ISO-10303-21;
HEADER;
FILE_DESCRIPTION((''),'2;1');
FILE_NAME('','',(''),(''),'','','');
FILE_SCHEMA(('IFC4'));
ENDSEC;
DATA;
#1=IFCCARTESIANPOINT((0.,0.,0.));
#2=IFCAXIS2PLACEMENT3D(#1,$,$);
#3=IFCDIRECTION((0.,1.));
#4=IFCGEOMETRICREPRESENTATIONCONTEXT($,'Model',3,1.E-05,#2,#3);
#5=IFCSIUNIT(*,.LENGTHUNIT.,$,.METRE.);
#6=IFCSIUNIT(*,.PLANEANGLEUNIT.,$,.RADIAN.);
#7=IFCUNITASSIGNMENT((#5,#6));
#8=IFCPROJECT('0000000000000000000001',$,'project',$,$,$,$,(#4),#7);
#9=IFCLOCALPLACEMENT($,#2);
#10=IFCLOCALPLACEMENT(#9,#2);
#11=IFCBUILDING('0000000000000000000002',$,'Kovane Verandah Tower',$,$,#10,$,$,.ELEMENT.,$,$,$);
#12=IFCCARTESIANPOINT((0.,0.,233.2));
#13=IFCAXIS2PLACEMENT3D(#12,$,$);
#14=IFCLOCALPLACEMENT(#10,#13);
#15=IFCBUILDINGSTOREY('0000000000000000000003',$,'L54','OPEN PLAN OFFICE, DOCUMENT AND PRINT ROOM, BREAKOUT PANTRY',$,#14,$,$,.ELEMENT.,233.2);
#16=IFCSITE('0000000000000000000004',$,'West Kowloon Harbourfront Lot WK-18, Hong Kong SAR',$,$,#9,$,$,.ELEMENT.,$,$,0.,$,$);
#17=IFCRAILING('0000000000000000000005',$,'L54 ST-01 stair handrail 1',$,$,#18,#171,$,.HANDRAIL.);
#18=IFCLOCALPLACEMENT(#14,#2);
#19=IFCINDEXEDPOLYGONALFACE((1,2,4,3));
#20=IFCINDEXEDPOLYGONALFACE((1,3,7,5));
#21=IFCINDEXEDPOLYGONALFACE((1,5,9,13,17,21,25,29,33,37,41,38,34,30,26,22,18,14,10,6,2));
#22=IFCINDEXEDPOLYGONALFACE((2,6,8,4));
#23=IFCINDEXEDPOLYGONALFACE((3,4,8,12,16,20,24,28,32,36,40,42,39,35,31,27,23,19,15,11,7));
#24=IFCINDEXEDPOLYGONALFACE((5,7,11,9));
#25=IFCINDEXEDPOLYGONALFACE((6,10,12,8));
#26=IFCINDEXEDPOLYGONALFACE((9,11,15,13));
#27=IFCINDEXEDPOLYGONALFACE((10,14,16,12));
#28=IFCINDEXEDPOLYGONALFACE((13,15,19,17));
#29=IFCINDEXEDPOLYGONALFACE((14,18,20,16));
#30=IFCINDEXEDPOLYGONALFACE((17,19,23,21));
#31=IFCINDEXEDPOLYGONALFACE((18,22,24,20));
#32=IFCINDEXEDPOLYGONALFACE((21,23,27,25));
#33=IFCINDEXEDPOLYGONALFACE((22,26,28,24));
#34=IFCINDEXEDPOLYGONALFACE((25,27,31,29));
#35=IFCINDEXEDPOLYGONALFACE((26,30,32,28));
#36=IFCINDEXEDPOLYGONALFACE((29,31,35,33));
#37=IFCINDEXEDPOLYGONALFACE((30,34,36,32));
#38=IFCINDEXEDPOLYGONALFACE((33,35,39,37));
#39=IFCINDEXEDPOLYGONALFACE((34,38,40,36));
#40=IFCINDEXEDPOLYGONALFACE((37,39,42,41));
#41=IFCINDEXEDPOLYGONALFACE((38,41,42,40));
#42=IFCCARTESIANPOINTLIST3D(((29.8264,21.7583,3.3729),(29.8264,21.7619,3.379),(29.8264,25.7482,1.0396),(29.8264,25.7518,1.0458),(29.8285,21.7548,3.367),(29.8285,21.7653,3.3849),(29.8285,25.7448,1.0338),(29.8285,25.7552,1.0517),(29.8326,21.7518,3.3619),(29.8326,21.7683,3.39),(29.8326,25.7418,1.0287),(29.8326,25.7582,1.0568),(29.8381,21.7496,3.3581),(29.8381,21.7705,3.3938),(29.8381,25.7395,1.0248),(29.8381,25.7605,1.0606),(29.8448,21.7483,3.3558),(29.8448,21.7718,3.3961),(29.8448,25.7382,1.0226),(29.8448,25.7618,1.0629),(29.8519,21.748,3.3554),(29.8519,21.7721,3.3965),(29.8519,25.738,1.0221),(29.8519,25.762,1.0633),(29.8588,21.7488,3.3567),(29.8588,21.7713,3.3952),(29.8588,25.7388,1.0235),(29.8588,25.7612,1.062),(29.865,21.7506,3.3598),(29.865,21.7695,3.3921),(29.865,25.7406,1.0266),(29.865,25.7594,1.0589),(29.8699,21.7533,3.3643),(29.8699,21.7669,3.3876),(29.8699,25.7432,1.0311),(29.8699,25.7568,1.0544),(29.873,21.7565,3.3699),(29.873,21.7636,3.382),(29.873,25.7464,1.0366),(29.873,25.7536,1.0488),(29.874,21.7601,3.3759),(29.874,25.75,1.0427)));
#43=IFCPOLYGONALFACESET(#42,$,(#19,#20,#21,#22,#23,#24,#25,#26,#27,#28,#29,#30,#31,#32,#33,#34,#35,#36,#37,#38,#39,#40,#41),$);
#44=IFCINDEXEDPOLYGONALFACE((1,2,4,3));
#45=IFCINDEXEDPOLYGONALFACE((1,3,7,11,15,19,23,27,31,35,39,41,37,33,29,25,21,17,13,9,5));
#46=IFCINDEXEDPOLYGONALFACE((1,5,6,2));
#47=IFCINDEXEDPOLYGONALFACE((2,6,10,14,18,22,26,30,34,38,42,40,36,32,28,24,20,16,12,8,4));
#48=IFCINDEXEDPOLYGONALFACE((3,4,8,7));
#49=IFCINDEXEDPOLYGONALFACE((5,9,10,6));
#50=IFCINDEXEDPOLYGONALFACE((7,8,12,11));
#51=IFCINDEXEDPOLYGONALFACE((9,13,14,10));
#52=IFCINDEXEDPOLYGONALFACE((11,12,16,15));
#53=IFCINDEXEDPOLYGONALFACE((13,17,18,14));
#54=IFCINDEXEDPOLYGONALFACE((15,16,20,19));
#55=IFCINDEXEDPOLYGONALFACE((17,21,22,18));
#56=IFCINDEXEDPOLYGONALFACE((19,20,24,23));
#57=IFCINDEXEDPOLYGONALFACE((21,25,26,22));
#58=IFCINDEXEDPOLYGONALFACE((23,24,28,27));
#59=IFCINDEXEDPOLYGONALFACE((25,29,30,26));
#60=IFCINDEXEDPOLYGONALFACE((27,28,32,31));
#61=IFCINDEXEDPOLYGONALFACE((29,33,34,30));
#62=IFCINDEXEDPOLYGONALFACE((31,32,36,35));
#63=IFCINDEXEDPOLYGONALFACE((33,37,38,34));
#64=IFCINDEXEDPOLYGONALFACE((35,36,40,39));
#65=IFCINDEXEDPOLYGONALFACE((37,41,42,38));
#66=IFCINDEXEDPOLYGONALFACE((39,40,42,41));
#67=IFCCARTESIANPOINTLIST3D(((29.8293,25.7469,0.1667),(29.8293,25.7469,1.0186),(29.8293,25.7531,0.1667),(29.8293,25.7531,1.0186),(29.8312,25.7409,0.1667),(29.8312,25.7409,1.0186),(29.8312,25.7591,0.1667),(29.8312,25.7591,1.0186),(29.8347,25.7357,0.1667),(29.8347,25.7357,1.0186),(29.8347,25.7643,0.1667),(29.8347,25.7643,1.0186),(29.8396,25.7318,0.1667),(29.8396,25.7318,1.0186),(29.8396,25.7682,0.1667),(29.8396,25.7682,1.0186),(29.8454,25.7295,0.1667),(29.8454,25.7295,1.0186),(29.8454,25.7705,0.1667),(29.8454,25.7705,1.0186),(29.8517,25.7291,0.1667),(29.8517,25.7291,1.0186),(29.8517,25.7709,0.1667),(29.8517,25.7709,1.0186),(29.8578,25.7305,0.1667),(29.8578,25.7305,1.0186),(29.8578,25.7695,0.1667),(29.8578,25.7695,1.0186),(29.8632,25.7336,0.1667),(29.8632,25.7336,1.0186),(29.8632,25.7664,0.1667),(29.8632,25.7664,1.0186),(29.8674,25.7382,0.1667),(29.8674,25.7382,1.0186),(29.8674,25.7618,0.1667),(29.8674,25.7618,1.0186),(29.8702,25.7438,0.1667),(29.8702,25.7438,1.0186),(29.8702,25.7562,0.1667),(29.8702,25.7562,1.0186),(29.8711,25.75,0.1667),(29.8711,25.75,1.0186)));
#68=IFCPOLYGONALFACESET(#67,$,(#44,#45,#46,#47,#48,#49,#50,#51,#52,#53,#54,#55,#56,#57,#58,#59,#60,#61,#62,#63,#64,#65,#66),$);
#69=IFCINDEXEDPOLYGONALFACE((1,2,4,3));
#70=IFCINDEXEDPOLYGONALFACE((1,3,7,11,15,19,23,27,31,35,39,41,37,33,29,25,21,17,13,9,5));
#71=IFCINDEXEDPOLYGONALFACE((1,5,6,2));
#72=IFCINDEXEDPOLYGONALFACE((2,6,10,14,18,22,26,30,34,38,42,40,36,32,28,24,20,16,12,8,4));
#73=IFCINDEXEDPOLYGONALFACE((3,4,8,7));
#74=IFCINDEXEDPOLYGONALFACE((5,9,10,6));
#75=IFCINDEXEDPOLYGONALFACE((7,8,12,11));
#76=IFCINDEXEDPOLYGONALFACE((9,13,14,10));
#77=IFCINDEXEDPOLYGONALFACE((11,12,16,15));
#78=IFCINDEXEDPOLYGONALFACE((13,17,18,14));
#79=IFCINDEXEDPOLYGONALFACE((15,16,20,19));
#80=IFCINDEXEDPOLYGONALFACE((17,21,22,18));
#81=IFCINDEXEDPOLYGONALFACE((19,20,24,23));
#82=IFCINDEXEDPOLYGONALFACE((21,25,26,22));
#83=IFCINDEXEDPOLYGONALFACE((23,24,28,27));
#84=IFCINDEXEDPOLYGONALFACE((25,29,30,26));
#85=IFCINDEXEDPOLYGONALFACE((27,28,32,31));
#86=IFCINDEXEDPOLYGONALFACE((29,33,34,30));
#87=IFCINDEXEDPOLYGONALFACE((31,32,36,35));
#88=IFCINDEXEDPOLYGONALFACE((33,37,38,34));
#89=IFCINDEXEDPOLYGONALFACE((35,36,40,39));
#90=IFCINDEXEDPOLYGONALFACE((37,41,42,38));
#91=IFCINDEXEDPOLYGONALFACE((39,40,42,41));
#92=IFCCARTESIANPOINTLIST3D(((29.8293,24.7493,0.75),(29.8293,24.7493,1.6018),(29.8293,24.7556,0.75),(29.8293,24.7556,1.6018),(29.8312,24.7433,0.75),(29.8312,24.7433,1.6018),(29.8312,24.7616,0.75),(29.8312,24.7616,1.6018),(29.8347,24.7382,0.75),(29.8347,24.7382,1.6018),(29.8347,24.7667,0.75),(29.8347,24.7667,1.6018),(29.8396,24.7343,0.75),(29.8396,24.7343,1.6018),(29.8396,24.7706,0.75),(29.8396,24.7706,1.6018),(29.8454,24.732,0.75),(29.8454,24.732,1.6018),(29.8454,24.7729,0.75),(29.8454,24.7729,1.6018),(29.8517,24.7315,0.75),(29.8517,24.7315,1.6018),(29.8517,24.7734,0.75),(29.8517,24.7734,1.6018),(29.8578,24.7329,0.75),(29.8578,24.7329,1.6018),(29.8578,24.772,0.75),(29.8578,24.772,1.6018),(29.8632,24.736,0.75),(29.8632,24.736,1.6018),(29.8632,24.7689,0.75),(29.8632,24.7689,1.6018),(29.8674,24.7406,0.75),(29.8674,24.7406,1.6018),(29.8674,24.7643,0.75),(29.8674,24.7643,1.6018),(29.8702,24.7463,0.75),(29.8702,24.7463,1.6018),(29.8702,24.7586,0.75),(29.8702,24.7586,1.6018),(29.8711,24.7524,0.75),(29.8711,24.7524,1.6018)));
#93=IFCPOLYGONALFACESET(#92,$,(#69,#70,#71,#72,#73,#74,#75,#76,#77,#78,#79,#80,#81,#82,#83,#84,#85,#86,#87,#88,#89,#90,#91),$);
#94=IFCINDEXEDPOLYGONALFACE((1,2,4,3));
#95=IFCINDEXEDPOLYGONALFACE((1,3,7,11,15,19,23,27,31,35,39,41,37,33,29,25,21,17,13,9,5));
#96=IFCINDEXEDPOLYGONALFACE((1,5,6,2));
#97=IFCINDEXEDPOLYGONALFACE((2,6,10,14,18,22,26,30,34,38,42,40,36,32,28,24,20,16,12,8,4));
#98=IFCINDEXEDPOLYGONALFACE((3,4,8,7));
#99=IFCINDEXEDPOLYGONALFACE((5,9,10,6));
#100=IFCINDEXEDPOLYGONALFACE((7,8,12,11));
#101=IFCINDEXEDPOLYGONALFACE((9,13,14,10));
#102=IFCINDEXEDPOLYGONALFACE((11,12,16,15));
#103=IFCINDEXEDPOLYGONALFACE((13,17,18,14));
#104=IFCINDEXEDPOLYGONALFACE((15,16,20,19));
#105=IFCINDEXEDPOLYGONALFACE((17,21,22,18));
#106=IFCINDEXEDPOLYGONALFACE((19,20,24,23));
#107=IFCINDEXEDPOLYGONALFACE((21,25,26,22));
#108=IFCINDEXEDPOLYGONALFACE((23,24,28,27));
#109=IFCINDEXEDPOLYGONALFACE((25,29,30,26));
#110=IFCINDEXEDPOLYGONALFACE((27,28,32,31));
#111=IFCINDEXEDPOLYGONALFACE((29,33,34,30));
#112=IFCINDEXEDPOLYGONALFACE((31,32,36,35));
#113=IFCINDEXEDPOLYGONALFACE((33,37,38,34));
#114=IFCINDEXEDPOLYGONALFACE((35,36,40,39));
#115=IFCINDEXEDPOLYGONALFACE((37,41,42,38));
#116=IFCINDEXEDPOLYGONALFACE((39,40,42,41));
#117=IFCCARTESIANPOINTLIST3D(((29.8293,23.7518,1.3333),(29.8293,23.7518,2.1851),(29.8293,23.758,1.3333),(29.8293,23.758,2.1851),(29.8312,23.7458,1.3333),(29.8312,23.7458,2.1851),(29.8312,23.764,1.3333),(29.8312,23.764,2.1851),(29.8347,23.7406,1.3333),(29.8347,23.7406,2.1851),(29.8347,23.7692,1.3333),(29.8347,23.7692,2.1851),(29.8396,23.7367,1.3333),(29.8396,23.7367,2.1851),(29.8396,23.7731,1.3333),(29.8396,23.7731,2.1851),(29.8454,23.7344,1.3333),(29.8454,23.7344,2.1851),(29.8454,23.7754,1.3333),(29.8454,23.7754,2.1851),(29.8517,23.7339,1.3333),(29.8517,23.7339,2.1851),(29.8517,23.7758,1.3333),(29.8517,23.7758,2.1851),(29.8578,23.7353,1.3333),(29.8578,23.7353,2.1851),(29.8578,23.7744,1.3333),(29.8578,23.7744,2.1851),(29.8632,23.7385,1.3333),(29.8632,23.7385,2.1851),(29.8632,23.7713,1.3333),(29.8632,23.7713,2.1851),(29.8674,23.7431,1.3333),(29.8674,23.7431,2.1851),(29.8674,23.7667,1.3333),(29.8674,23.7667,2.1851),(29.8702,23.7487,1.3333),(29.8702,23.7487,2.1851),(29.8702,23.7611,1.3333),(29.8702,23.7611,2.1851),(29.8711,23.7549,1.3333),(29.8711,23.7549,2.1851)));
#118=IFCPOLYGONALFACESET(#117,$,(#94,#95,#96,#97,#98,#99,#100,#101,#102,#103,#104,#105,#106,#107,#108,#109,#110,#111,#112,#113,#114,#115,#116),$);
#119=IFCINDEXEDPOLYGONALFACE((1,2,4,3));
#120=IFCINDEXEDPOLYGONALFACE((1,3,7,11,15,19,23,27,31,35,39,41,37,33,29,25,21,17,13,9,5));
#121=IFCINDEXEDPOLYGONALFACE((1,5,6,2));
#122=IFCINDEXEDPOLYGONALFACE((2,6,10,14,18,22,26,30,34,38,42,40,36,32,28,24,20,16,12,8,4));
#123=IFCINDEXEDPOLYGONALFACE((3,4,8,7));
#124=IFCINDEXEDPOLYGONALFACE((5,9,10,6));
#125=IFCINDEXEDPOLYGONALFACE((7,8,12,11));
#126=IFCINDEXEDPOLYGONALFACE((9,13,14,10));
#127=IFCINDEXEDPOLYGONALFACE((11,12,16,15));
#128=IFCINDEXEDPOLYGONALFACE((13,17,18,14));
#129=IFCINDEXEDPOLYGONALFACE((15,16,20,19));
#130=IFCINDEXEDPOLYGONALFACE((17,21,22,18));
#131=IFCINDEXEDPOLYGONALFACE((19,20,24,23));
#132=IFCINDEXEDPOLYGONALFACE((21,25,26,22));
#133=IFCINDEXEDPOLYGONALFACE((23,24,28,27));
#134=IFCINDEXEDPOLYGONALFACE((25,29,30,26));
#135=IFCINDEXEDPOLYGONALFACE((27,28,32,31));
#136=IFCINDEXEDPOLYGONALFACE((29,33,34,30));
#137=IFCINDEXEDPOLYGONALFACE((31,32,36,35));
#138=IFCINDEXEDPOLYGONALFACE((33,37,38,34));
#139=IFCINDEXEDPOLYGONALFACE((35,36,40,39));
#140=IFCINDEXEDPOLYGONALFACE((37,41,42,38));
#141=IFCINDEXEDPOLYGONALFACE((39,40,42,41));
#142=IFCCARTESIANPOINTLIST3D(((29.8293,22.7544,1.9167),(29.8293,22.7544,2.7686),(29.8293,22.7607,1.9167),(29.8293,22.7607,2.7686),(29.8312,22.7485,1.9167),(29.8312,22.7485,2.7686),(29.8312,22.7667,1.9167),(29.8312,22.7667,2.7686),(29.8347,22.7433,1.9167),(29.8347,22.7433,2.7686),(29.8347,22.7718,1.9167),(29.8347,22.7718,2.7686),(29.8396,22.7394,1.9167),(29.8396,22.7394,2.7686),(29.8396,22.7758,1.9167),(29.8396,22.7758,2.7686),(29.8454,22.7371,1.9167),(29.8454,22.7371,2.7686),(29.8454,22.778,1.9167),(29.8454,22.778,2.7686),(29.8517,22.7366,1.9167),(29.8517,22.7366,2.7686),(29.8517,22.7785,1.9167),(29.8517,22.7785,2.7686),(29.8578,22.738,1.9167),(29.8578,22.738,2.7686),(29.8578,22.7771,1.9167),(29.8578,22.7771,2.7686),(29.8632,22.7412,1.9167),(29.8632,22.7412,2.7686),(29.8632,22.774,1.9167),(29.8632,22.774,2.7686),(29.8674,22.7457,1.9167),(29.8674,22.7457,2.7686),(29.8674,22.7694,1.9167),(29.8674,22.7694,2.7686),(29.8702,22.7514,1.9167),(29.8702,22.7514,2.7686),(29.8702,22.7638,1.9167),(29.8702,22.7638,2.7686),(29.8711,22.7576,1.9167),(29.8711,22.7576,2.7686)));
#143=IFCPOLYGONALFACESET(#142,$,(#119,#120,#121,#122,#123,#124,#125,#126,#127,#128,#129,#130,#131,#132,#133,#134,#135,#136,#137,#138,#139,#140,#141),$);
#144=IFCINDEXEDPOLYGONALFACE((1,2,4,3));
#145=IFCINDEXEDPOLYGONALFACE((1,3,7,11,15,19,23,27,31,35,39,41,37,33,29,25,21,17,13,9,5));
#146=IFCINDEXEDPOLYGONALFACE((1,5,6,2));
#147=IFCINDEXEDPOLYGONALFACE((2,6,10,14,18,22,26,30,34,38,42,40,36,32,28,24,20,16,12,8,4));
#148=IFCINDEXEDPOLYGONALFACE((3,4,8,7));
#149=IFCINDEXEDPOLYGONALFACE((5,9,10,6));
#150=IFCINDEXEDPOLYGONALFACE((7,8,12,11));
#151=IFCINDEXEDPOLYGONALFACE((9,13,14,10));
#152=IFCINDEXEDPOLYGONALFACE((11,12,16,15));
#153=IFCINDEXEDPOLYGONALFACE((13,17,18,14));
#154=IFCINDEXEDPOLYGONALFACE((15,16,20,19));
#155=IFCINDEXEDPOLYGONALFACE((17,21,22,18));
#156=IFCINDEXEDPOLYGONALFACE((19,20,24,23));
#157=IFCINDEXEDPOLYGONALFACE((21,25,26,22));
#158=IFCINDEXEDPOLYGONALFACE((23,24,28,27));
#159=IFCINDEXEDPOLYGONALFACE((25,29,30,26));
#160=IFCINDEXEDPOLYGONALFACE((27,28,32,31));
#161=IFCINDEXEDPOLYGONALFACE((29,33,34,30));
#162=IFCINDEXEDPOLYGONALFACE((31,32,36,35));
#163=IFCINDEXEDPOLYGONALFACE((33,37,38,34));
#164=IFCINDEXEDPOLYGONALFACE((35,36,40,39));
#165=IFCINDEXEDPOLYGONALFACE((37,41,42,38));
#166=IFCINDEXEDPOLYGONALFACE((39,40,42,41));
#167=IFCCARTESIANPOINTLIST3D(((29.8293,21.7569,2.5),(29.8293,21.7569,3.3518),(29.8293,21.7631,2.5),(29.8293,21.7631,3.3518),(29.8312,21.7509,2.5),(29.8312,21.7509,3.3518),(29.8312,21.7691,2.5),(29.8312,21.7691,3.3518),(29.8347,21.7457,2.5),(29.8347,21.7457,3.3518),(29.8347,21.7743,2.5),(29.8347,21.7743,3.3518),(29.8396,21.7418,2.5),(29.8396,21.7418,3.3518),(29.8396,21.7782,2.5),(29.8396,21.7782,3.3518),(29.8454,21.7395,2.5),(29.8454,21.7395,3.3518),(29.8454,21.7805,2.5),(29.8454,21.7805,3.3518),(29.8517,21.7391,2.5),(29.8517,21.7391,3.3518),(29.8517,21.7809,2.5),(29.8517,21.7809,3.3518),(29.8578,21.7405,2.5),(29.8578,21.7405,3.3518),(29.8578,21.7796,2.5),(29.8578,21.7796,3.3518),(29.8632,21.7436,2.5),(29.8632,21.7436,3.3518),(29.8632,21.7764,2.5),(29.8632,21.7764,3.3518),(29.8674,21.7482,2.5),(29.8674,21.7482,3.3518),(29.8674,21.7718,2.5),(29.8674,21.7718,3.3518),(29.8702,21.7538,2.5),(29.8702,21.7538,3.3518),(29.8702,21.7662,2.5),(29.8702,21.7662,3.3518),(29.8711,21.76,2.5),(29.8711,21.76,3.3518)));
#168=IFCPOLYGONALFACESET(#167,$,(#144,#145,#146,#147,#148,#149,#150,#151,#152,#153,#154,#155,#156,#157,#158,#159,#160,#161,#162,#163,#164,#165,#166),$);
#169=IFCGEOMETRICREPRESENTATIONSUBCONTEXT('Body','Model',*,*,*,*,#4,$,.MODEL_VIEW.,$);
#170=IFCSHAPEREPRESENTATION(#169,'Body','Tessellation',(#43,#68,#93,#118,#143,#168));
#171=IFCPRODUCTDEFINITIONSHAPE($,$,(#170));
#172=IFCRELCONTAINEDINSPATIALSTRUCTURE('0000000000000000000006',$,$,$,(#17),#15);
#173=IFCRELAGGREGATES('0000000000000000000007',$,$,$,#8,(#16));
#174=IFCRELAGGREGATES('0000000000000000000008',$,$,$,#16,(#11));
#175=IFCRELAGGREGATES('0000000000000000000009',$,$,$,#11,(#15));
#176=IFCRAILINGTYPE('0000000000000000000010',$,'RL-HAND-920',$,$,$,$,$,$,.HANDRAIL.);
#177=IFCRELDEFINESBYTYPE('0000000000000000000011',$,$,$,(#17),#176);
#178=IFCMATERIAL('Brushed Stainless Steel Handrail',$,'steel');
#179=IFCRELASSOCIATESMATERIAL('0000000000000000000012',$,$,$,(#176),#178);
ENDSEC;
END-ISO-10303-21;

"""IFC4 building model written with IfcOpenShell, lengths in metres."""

from ifc_helpers import new_model, si_unit, direction, frame, origin, origin_2d, place, context, subcontext, project, spatial, circle, extrude, material, type_object, element, save


model = new_model("IFC4")

# Units and contexts
model_context = context("Model", 3, precision=1e-05, world=origin(), true_north=direction((0.0, 1.0)))
body_context = subcontext(model_context, "Body", "Model", "MODEL_VIEW")
ifc_project = project(units=[si_unit("LENGTHUNIT", "METRE"), si_unit("PLANEANGLEUNIT", "RADIAN")], contexts=[model_context])

# Site, building, storey
site_placement = place(None, origin())
site = spatial("IfcSite", under=ifc_project, at=site_placement, Name="West Kowloon Harbourfront Lot WK-18, Hong Kong SAR", CompositionType="ELEMENT", RefElevation=0.0)
building_placement = place(site_placement, origin())
building = spatial("IfcBuilding", under=site, at=building_placement, Name="Kovane Verandah Tower", CompositionType="ELEMENT")
storey_placement = place(building_placement, frame((0.0, 0.0, 233.2)))
storey = spatial("IfcBuildingStorey", under=building, at=storey_placement, Name="L54", Description="OPEN PLAN OFFICE, DOCUMENT AND PRINT ROOM, BREAKOUT PANTRY", CompositionType="ELEMENT", Elevation=233.2)

# Railing
ifc_material_1 = material(Name="Brushed Stainless Steel Handrail", Category="steel")
railing_type_1 = type_object("IfcRailingType", Name="RL-HAND-920", PredefinedType="HANDRAIL", material=ifc_material_1)
railing_1_placement = place(storey_placement, frame((29.8501, 25.75, 0.1667)))
element("IfcRailing", 1, at=railing_1_placement, inside=storey, type_object=railing_type_1, Name="L54 ST-01 stair handrail 1", PredefinedType="HANDRAIL", context=body_context, shape_type="SweptSolid", body=[
    extrude(circle(Radius=0.0239, at=origin_2d()), frame((0.0, 0.0, 0.876), z_axis=(0.0, -0.863236, 0.5048), x_axis=(1.0, 0.0, 0.0)), (0.0, 0.0, 1.0), 4.6221),
    extrude(circle(Radius=0.021, at=origin_2d()), origin(), (0.0, 0.0, 1.0), 0.8518),
    extrude(circle(Radius=0.021, at=origin_2d()), frame((0.0, -0.9976, 0.5833)), (0.0, 0.0, 1.0), 0.8518),
    extrude(circle(Radius=0.021, at=origin_2d()), frame((0.0, -1.9951, 1.1665)), (0.0, 0.0, 1.0), 0.8518),
    extrude(circle(Radius=0.021, at=origin_2d()), frame((0.0, -2.9924, 1.75)), (0.0, 0.0, 1.0), 0.8518),
    extrude(circle(Radius=0.021, at=origin_2d()), frame((0.0, -3.99, 2.3333)), (0.0, 0.0, 1.0), 0.8518),
])

save(model, "model.ifc")
